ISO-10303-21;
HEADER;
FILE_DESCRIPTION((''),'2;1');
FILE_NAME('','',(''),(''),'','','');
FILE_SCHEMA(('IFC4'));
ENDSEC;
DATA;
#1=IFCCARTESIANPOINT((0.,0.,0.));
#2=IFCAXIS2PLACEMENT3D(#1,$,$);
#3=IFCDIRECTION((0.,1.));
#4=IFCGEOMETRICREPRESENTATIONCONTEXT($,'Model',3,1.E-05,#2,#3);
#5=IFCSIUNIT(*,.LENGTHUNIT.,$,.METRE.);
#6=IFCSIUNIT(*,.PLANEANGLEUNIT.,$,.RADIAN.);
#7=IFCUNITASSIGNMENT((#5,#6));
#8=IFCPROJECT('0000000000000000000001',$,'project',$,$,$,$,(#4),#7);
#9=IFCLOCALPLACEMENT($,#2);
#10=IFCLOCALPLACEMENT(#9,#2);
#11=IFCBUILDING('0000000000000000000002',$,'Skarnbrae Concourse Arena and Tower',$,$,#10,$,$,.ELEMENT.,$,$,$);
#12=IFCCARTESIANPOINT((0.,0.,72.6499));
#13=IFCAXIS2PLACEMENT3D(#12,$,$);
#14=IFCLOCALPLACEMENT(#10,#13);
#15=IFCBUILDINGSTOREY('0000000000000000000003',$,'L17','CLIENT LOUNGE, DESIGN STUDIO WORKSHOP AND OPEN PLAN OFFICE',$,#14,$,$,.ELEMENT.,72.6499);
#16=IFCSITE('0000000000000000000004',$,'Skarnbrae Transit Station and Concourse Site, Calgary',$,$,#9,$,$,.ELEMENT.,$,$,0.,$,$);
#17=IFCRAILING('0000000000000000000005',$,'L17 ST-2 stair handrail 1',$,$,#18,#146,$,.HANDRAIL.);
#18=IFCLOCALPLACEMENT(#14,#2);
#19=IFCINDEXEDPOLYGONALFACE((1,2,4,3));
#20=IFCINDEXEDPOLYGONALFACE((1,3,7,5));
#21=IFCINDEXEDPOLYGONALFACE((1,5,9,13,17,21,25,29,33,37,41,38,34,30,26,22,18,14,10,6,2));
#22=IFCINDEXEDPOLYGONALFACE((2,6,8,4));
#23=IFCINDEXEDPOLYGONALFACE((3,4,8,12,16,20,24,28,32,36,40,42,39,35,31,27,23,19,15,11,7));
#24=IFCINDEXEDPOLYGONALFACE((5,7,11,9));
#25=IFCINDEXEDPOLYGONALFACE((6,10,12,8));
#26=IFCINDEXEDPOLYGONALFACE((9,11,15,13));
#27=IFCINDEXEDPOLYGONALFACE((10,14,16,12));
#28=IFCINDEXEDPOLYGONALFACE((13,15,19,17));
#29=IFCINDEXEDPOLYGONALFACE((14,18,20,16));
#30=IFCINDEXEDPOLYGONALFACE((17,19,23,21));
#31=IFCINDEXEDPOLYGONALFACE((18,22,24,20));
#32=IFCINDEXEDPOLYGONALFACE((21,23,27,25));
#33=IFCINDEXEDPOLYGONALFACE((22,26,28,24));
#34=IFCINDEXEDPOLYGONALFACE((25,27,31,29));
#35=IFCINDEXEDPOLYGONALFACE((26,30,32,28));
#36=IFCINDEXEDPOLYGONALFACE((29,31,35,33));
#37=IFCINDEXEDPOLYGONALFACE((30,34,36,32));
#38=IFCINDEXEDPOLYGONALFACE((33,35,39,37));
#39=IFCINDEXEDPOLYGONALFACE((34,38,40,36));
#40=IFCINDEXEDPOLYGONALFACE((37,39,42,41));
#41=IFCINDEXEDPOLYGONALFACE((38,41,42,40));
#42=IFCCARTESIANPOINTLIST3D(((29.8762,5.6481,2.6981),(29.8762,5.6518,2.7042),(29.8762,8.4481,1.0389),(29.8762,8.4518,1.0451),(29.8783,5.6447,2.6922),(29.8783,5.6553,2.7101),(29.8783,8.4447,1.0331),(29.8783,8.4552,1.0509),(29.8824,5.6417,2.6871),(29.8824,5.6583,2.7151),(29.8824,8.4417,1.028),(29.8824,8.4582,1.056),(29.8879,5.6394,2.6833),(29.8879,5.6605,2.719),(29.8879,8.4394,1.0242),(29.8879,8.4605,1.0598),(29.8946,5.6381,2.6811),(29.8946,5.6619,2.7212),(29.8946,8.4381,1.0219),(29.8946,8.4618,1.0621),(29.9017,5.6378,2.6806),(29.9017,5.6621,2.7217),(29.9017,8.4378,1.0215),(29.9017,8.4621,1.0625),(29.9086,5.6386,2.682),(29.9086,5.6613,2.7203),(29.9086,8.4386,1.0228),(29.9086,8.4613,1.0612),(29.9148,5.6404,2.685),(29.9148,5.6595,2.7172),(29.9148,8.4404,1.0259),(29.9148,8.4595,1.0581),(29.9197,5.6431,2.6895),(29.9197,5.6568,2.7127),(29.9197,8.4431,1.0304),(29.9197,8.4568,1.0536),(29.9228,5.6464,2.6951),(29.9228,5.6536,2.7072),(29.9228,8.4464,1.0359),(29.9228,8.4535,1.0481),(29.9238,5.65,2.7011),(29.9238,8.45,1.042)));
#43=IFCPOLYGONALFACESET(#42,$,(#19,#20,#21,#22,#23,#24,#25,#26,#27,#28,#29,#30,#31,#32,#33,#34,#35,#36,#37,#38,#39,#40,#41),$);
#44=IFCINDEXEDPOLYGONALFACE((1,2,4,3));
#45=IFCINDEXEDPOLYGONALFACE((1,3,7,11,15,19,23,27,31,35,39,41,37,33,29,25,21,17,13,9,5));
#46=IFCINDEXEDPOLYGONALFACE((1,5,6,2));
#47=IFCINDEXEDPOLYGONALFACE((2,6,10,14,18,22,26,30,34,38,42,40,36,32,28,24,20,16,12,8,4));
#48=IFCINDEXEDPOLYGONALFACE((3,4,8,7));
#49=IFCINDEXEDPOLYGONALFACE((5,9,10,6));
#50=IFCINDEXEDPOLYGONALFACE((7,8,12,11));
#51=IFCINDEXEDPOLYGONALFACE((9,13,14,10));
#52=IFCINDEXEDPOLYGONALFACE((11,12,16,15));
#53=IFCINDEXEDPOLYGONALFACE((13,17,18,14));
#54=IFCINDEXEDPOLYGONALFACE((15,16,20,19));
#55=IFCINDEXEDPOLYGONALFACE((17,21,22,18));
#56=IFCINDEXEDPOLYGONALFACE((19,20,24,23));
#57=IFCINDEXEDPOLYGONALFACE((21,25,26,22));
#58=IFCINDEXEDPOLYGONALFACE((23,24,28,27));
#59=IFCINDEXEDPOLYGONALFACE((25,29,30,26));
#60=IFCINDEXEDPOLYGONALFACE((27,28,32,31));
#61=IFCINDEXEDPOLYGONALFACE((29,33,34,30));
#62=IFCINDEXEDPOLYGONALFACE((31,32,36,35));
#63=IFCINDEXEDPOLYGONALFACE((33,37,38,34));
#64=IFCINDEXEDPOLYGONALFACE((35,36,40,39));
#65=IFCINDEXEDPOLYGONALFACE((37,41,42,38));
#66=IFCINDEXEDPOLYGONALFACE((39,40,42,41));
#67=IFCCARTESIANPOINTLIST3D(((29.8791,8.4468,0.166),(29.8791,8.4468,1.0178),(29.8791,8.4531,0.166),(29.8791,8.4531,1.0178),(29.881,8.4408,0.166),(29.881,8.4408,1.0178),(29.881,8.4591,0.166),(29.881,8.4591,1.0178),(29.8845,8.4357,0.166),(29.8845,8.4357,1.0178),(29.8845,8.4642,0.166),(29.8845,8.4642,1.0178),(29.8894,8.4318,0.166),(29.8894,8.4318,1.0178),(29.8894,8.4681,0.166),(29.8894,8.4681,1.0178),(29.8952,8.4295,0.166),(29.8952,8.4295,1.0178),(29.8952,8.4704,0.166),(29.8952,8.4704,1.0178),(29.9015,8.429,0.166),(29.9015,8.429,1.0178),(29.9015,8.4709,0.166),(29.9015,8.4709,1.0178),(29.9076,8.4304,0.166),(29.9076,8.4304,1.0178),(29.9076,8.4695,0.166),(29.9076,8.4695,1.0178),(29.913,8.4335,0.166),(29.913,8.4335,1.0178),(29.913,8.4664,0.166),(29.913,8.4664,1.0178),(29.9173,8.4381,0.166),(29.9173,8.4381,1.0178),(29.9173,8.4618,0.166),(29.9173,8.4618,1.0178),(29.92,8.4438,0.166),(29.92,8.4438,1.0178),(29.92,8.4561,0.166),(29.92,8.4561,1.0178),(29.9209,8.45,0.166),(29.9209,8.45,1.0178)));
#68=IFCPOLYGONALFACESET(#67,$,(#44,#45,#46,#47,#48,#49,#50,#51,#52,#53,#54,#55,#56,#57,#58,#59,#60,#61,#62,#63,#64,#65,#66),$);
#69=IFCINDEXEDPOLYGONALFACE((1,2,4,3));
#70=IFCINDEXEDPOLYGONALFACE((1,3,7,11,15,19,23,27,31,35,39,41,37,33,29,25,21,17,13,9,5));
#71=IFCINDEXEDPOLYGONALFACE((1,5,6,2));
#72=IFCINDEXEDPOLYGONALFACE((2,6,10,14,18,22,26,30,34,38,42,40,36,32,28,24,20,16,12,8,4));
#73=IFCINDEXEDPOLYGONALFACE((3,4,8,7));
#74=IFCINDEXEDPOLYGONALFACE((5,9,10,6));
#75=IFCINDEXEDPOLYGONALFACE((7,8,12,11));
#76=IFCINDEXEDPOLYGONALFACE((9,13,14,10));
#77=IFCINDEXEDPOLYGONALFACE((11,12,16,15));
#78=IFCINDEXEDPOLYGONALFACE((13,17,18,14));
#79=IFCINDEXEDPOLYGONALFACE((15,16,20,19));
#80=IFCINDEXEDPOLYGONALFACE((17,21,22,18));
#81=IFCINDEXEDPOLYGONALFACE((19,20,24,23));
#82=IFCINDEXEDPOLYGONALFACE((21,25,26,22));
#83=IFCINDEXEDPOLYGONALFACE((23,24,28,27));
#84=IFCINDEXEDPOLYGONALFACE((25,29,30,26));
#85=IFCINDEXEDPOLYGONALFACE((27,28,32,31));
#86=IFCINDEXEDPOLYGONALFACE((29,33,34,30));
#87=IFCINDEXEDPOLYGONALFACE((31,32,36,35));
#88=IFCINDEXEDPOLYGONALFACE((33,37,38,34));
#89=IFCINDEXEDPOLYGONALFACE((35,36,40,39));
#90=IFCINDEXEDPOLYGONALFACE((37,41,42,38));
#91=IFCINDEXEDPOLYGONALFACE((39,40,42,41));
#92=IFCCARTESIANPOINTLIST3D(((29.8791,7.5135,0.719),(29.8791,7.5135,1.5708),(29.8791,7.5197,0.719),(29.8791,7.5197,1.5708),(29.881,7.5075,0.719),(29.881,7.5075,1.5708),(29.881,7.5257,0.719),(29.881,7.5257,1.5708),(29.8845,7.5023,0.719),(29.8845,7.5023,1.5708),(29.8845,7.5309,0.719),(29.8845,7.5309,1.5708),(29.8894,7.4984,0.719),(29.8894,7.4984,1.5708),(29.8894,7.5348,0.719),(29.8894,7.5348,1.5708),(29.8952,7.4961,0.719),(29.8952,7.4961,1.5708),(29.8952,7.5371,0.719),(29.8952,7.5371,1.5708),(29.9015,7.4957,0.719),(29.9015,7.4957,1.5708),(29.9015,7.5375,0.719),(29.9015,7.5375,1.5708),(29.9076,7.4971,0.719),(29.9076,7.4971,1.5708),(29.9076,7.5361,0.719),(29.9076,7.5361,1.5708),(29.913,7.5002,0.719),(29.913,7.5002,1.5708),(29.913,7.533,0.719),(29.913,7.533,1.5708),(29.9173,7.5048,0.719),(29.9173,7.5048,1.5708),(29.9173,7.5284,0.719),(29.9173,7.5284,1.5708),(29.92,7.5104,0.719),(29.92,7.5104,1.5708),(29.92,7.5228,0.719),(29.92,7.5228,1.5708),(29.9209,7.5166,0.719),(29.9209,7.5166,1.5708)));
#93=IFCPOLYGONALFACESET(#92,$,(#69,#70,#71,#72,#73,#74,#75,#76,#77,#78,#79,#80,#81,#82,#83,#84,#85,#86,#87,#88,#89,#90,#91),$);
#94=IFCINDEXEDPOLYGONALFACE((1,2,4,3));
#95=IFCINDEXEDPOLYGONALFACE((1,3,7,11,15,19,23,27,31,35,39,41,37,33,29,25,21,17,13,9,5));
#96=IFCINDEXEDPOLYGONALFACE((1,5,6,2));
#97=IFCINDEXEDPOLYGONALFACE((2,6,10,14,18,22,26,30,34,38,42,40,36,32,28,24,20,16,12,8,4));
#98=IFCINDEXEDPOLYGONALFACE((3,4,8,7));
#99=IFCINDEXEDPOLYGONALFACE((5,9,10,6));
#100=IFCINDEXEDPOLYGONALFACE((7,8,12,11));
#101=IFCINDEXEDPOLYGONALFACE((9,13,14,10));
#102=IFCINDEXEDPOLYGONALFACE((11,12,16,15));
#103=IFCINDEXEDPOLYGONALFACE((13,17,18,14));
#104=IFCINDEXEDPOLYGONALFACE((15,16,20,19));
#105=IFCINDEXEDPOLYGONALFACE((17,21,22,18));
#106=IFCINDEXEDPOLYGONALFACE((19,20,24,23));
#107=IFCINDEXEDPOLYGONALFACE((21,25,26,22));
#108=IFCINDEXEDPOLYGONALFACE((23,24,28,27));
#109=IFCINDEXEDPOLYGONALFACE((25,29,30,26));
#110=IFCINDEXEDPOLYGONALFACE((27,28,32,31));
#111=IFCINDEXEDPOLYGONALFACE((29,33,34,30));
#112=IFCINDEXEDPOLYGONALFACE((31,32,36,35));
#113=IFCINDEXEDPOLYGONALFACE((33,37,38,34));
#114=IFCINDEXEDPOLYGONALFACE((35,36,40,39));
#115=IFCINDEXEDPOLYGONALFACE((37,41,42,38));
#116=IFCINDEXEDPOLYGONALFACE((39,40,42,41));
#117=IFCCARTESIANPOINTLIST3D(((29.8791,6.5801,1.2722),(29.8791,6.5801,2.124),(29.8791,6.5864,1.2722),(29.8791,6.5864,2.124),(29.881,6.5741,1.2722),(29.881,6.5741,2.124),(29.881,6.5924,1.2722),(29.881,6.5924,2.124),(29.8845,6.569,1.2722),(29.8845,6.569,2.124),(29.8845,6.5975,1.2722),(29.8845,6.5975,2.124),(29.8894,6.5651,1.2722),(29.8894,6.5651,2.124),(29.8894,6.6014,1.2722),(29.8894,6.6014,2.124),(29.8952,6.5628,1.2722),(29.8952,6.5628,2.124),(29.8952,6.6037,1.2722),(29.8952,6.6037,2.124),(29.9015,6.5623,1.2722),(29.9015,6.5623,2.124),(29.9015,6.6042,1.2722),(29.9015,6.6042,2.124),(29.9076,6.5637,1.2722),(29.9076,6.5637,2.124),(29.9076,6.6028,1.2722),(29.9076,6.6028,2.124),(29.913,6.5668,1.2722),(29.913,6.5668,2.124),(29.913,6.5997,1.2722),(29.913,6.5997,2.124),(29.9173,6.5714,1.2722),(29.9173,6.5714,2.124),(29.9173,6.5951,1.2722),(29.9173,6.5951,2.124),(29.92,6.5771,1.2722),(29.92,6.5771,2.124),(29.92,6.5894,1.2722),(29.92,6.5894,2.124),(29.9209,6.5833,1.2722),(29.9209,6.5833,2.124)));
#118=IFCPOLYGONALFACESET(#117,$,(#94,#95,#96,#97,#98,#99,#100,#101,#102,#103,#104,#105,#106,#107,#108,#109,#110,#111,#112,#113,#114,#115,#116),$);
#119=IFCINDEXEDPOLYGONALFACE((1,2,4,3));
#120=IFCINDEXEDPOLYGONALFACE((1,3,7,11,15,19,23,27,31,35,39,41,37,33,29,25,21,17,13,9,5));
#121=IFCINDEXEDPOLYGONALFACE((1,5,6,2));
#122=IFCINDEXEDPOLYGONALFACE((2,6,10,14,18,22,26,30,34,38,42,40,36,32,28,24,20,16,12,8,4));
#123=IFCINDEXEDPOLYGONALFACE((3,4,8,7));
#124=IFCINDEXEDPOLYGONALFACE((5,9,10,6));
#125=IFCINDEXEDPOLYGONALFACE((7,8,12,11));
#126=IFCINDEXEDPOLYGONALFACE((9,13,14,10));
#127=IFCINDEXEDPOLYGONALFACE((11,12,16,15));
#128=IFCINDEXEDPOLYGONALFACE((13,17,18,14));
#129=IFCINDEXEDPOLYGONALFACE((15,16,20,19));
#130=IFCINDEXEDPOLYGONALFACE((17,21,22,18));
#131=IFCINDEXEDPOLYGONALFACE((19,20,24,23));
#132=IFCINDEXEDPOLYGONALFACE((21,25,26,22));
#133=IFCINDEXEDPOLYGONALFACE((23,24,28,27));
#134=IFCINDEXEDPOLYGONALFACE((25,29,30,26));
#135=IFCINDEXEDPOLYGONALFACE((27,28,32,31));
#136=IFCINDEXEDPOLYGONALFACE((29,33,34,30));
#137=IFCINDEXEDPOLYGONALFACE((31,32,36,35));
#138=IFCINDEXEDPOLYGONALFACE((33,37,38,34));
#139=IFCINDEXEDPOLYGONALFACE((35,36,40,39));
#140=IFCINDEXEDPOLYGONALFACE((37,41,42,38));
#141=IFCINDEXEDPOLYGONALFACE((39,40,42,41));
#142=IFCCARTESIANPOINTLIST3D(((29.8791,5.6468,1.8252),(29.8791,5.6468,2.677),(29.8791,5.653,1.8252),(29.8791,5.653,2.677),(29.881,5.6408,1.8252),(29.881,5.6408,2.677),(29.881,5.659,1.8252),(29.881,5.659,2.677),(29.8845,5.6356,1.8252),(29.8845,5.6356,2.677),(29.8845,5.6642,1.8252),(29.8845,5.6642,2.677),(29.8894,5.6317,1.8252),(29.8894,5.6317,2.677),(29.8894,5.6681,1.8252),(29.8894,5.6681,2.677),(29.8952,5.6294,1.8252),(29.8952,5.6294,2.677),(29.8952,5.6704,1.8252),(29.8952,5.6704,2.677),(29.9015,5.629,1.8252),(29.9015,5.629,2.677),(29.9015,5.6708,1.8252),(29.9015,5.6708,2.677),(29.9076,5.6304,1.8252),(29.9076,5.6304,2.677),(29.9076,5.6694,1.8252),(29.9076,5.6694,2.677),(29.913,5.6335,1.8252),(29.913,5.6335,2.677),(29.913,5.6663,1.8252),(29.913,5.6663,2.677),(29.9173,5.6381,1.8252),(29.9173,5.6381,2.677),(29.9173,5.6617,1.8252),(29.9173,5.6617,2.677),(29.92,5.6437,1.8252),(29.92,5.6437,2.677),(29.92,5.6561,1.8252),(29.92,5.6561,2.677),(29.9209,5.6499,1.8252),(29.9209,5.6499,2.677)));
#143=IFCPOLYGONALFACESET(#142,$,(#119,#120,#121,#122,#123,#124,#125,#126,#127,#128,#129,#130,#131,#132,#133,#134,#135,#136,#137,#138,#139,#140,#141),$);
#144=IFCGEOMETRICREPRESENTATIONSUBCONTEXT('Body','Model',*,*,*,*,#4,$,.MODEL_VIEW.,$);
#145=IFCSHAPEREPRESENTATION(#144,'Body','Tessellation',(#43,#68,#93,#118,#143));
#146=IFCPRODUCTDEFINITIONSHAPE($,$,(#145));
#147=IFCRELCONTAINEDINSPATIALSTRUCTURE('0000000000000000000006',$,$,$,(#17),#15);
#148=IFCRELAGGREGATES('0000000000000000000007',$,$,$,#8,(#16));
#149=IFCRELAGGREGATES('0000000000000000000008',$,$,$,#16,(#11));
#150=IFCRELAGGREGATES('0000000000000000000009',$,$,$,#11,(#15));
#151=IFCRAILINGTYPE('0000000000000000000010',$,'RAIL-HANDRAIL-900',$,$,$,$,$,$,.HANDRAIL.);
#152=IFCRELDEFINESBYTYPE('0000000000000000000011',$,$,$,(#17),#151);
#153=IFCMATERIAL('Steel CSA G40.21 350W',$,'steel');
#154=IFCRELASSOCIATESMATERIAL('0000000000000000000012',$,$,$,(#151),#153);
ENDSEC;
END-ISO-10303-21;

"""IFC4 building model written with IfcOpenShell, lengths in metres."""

from ifc_helpers import new_model, si_unit, direction, frame, origin, origin_2d, place, context, subcontext, project, spatial, circle, extrude, material, type_object, element, save


model = new_model("IFC4")

# Units and contexts
model_context = context("Model", 3, precision=1e-05, world=origin(), true_north=direction((0.0, 1.0)))
body_context = subcontext(model_context, "Body", "Model", "MODEL_VIEW")
ifc_project = project(units=[si_unit("LENGTHUNIT", "METRE"), si_unit("PLANEANGLEUNIT", "RADIAN")], contexts=[model_context])

# Site, building, storey
site_placement = place(None, origin())
site = spatial("IfcSite", under=ifc_project, at=site_placement, Name="Skarnbrae Transit Station and Concourse Site, Calgary", CompositionType="ELEMENT", RefElevation=0.0)
building_placement = place(site_placement, origin())
building = spatial("IfcBuilding", under=site, at=building_placement, Name="Skarnbrae Concourse Arena and Tower", CompositionType="ELEMENT")
storey_placement = place(building_placement, frame((0.0, 0.0, 72.6499)))
storey = spatial("IfcBuildingStorey", under=building, at=storey_placement, Name="L17", Description="CLIENT LOUNGE, DESIGN STUDIO WORKSHOP AND OPEN PLAN OFFICE", CompositionType="ELEMENT", Elevation=72.6499)

# Shared definitions
ifc_material_1 = material(Name="Steel CSA G40.21 350W", Category="steel")

# Railing
railing_type_1 = type_object("IfcRailingType", Name="RAIL-HANDRAIL-900", PredefinedType="HANDRAIL", material=ifc_material_1)
railing_1_placement = place(storey_placement, frame((29.8999, 8.45, 0.166)))
element("IfcRailing", 1, at=railing_1_placement, inside=storey, type_object=railing_type_1, Name="L17 ST-2 stair handrail 1", PredefinedType="HANDRAIL", context=body_context, shape_type="SweptSolid", body=[
    extrude(circle(Radius=0.0239, at=origin_2d()), frame((0.0, 0.0, 0.876), z_axis=(0.0, -0.860306, 0.509778), x_axis=(1.0, 0.0, 0.0)), (0.0, 0.0, 1.0), 3.2546),
    extrude(circle(Radius=0.021, at=origin_2d()), origin(), (0.0, 0.0, 1.0), 0.8518),
    extrude(circle(Radius=0.021, at=origin_2d()), frame((0.0, -0.9333, 0.553)), (0.0, 0.0, 1.0), 0.8518),
    extrude(circle(Radius=0.021, at=origin_2d()), frame((0.0, -1.8667, 1.1062)), (0.0, 0.0, 1.0), 0.8518),
    extrude(circle(Radius=0.021, at=origin_2d()), frame((0.0, -2.8, 1.6592)), (0.0, 0.0, 1.0), 0.8518),
])

save(model, "model.ifc")
